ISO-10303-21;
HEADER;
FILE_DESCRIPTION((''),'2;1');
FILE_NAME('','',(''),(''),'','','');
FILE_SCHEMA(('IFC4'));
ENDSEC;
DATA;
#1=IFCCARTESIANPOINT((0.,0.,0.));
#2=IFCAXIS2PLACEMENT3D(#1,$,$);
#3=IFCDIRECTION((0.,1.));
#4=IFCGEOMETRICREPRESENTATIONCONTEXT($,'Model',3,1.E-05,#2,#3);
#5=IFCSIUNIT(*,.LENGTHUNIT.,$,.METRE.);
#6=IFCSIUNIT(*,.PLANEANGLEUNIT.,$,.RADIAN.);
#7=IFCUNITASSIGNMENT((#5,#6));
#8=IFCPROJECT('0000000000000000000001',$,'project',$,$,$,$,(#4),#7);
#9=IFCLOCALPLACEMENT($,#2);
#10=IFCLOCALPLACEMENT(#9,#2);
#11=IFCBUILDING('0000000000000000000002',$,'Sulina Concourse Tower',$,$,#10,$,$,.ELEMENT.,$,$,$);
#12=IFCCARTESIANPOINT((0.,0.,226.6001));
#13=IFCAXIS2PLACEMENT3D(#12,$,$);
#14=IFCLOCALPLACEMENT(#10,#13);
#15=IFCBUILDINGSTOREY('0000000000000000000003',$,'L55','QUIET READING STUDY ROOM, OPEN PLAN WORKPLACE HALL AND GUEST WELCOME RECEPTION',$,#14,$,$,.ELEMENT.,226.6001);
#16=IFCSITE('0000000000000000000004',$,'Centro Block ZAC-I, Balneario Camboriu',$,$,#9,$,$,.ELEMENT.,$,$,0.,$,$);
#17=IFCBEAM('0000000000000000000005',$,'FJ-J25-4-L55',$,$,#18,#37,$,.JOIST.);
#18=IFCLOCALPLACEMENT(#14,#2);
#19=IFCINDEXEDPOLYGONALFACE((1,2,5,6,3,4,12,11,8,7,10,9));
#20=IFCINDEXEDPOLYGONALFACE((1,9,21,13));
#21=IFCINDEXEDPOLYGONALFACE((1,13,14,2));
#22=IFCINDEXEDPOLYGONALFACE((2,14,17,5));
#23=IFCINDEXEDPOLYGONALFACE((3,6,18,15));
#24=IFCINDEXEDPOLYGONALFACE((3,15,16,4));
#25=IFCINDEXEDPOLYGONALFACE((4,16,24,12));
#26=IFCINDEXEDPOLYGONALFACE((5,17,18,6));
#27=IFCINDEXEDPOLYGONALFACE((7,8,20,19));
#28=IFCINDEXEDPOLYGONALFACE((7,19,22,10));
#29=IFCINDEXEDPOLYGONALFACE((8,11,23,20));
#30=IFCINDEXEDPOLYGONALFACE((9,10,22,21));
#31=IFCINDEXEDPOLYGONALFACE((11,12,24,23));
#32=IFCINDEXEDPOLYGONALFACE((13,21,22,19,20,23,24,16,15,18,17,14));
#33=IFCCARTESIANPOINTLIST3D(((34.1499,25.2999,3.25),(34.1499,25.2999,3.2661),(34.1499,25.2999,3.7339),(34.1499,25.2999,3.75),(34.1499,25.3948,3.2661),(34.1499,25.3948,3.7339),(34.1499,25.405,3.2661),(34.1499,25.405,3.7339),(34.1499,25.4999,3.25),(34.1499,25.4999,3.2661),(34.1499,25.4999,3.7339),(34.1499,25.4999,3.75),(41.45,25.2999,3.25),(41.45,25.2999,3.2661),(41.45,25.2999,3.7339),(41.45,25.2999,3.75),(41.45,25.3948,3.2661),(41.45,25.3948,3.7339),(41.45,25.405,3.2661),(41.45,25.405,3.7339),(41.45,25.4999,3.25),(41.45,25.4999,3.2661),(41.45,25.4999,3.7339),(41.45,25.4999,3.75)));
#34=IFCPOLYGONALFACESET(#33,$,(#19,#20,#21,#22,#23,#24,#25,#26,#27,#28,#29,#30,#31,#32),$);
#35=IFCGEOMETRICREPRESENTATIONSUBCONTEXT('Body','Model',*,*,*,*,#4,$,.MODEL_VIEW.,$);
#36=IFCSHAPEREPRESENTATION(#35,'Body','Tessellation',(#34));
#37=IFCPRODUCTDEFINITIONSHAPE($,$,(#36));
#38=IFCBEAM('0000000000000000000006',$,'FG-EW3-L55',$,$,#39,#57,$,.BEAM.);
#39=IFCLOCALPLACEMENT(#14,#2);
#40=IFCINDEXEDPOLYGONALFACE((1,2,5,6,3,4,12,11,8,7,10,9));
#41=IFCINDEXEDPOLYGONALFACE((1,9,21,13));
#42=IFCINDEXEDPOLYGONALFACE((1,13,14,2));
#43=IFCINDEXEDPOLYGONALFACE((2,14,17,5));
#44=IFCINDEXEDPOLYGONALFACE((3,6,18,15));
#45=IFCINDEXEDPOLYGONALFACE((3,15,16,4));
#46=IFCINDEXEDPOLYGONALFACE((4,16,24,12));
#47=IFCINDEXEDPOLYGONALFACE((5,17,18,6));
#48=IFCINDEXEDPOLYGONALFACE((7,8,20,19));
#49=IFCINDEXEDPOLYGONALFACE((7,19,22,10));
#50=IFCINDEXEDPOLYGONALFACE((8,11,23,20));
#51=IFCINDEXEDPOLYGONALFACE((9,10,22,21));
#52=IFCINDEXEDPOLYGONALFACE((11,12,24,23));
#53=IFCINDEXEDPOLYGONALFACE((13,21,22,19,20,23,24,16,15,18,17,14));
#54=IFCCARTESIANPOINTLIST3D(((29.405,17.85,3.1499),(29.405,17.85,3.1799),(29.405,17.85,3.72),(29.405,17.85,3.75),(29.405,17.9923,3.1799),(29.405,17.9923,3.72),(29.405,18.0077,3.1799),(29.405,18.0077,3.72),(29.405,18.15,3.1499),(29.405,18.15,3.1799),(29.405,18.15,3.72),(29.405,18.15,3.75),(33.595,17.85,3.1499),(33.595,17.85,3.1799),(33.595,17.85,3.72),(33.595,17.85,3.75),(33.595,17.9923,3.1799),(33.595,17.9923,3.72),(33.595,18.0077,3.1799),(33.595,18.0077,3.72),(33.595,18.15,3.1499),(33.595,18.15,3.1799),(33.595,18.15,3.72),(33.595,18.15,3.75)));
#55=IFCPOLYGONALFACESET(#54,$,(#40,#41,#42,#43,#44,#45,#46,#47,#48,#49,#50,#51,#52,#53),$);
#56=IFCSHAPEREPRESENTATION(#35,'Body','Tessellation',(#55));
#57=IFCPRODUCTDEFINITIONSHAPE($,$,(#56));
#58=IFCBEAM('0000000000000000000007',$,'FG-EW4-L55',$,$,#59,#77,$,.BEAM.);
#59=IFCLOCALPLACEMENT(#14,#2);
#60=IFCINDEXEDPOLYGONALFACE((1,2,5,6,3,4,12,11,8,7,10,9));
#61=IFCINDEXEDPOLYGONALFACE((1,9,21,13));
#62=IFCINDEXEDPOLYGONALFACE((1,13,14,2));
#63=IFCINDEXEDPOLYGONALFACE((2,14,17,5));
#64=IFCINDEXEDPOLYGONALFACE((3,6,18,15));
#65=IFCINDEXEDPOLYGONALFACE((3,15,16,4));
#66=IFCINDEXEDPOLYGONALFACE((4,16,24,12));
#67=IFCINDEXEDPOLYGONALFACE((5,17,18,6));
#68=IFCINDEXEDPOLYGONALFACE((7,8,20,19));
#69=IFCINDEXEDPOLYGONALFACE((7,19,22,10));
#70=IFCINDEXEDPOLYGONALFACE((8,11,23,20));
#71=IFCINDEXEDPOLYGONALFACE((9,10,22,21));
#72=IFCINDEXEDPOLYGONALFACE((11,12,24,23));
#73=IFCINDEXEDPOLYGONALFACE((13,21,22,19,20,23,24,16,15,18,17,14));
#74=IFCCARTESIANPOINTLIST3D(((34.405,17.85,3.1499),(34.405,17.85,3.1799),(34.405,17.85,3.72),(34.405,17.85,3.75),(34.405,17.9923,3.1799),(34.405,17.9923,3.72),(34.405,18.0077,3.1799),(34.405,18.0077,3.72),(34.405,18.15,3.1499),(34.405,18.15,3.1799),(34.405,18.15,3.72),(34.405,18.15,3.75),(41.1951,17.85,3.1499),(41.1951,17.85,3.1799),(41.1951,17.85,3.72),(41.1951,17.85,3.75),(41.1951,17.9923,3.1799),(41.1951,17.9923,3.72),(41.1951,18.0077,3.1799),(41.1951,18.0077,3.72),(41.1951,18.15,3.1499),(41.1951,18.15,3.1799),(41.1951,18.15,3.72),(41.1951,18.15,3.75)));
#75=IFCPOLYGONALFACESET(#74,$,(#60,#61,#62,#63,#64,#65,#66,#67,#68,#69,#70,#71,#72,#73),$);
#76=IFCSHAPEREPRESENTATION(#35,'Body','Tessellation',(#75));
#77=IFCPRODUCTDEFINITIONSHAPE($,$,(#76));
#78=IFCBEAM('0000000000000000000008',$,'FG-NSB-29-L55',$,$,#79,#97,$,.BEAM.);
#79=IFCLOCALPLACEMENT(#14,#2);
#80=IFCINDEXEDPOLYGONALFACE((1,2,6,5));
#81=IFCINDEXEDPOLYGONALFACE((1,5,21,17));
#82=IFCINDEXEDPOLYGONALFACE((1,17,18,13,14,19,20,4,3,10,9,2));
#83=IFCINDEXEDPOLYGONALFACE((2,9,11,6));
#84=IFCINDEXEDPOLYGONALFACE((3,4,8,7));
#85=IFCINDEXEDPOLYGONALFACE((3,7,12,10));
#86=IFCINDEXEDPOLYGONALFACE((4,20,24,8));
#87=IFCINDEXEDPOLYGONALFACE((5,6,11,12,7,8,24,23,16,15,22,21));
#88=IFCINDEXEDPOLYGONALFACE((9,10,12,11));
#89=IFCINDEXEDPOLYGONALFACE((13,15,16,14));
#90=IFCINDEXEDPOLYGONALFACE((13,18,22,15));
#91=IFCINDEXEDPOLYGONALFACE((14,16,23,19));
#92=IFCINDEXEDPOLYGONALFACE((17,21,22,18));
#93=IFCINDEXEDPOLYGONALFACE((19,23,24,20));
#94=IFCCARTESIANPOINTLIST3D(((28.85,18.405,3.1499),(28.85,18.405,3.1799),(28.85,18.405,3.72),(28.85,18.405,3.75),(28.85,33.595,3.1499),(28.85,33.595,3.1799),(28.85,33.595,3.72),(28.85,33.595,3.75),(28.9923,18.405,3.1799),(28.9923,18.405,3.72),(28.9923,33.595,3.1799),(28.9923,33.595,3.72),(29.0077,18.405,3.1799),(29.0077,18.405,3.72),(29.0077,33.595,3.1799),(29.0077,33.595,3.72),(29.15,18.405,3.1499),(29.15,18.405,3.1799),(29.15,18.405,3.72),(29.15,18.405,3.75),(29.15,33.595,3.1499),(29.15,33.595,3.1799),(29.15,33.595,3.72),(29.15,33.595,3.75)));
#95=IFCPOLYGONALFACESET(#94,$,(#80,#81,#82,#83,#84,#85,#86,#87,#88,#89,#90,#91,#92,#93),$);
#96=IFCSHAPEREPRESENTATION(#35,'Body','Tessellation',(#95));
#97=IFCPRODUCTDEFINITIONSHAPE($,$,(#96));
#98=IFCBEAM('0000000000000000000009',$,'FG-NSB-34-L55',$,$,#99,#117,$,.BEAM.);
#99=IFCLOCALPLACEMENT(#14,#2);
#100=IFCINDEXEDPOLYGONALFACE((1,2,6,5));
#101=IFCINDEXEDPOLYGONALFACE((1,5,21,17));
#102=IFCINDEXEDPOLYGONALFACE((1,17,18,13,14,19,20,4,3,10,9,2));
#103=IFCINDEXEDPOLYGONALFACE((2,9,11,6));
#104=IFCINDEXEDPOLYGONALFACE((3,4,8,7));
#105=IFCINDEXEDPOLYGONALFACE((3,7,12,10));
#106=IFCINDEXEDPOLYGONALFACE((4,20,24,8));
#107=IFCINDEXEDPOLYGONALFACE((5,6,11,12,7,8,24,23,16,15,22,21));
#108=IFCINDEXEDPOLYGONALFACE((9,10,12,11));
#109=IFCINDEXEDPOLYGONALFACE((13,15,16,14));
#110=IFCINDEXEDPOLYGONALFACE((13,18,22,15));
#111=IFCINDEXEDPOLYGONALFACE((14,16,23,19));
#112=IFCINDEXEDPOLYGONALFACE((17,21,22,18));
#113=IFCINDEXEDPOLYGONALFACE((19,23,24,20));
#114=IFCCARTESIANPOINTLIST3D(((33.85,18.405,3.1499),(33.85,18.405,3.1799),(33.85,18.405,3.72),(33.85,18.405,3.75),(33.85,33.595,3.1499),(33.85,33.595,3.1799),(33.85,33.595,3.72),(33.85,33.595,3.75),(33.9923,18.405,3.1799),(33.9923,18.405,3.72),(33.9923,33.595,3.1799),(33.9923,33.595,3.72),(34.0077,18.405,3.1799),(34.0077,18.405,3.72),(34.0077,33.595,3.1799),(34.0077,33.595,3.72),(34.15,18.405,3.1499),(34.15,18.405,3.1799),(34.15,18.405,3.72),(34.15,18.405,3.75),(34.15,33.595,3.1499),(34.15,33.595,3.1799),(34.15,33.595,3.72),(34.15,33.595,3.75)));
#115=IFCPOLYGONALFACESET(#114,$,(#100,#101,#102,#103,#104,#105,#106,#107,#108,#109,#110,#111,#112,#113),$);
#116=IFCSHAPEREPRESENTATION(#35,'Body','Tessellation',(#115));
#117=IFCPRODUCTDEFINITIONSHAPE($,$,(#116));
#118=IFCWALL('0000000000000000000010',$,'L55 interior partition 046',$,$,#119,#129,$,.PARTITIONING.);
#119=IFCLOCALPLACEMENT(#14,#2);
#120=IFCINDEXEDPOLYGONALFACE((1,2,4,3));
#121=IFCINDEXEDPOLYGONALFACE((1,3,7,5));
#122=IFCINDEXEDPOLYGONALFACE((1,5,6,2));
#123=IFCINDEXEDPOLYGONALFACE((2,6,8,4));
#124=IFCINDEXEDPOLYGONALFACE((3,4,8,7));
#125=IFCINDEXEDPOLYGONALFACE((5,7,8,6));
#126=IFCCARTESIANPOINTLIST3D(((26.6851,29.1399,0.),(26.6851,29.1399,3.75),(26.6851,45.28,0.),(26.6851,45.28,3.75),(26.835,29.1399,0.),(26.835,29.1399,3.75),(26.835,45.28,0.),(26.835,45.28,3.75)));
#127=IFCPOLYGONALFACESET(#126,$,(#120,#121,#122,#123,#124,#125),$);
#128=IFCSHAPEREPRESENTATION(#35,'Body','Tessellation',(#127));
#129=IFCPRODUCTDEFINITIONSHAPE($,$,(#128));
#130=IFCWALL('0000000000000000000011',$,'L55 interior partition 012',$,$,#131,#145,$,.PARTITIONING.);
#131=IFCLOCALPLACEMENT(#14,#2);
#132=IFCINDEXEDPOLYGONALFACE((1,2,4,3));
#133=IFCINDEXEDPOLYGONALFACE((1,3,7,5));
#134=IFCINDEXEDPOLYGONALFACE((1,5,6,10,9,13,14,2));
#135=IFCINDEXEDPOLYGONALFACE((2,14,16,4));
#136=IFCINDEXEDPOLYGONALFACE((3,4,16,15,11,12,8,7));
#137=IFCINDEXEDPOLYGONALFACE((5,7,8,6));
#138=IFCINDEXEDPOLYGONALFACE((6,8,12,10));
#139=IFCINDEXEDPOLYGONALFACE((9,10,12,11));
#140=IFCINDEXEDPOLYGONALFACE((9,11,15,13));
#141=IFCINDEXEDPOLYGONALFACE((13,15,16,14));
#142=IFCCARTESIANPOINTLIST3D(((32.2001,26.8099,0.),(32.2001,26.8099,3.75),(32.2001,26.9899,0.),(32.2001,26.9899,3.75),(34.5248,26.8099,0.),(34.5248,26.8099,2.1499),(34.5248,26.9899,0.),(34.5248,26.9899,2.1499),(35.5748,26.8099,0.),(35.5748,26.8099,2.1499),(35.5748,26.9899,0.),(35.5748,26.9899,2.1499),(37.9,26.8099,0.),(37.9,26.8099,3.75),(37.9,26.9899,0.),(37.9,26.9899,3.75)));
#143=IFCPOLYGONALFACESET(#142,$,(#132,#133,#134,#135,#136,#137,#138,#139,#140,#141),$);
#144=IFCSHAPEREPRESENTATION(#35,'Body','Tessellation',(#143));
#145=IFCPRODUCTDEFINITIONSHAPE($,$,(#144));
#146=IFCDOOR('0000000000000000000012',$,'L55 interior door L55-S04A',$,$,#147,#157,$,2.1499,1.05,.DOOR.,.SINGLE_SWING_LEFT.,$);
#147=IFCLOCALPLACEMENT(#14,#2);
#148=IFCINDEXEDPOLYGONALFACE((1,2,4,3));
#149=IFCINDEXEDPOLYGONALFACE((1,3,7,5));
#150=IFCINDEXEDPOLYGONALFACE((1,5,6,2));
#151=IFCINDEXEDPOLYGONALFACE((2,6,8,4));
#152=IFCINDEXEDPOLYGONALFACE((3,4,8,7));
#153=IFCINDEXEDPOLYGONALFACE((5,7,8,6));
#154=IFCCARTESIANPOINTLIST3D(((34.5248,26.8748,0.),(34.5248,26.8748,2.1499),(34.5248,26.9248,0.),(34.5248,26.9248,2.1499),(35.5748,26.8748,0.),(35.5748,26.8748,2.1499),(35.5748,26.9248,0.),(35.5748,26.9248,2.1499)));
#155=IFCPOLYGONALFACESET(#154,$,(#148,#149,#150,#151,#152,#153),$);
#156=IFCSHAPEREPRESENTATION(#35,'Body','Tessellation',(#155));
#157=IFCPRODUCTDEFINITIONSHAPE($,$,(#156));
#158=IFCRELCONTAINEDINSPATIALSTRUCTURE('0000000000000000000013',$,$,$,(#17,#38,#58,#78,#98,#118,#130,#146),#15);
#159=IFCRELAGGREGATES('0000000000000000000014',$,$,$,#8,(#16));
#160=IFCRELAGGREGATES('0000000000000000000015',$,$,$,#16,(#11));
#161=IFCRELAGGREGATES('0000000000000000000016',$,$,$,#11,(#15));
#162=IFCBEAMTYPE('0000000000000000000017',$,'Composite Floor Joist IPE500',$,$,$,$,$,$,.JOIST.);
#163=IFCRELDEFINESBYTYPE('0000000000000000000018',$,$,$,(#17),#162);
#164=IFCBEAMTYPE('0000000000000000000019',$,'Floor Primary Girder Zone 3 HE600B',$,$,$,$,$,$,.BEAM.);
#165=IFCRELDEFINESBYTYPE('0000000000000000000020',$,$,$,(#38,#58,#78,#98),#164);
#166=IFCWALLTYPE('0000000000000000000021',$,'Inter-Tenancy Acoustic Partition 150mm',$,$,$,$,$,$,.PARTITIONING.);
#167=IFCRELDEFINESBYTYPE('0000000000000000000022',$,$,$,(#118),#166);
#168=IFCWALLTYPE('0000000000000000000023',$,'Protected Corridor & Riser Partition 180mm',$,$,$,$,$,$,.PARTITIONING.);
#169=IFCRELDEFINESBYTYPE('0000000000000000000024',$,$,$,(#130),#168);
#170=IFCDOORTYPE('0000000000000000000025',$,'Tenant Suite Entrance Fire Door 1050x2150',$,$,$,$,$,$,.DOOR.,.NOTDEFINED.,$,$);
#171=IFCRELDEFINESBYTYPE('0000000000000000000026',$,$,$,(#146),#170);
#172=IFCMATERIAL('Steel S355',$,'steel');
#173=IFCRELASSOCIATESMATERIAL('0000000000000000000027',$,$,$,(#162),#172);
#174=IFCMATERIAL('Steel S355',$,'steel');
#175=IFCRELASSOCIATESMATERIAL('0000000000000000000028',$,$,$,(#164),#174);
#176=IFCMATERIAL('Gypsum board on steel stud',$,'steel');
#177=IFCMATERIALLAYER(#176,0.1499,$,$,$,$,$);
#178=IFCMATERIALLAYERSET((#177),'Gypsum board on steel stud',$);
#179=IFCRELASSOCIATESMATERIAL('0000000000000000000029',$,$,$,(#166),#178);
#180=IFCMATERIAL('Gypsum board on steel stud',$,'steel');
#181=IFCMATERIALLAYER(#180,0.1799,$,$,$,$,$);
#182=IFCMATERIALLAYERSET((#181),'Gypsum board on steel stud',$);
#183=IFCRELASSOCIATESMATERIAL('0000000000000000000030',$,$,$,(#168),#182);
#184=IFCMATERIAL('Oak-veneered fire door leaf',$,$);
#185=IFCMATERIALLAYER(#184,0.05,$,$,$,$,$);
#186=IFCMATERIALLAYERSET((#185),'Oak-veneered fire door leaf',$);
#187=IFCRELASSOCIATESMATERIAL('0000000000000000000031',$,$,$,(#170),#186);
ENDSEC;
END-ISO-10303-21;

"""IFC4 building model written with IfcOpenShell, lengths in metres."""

from ifc_helpers import new_model, si_unit, direction, frame, frame_2d, origin, origin_2d, place, context, subcontext, project, spatial, rectangle, i_section, extrude, material, layer, layer_set, material_profile, profile_set, type_object, element, fill, save


model = new_model("IFC4")

# Units and contexts
model_context = context("Model", 3, precision=1e-05, world=origin(), true_north=direction((0.0, 1.0)))
body_context = subcontext(model_context, "Body", "Model", "MODEL_VIEW")
ifc_project = project(units=[si_unit("LENGTHUNIT", "METRE"), si_unit("PLANEANGLEUNIT", "RADIAN")], contexts=[model_context])

# Site, building, storey
site_placement = place(None, origin())
site = spatial("IfcSite", under=ifc_project, at=site_placement, Name="Centro Block ZAC-I, Balneario Camboriu", CompositionType="ELEMENT", RefElevation=0.0)
building_placement = place(site_placement, origin())
building = spatial("IfcBuilding", under=site, at=building_placement, Name="Sulina Concourse Tower", CompositionType="ELEMENT")
storey_placement = place(building_placement, frame((0.0, 0.0, 226.6001)))
storey = spatial("IfcBuildingStorey", under=building, at=storey_placement, Name="L55", Description="QUIET READING STUDY ROOM, OPEN PLAN WORKPLACE HALL AND GUEST WELCOME RECEPTION", CompositionType="ELEMENT", Elevation=226.6001)

# Beams
ifc_material_1 = material(Name="Steel S355", Category="steel")
ifc_material_profile_1 = material_profile(ifc_material_1, i_section(OverallWidth=0.2, OverallDepth=0.5, WebThickness=0.0103, FlangeThickness=0.0161, at=origin_2d()), Name="IPE 500")
ifc_profile_set_1 = profile_set([ifc_material_profile_1], Name="Steel S355")
beam_type_1 = type_object("IfcBeamType", Name="Composite Floor Joist IPE500", PredefinedType="JOIST", material=ifc_profile_set_1)
beam_1_placement = place(storey_placement, frame((34.1499, 25.3999, 3.5), z_axis=(1.0, 0.0, 0.0), x_axis=(0.0, 1.0, 0.0)))
element("IfcBeam", 1, at=beam_1_placement, inside=storey, type_object=beam_type_1, Name="FJ-J25-4-L55", PredefinedType="JOIST", context=body_context, shape_type="SweptSolid", body=[
    extrude(i_section(OverallWidth=0.2, OverallDepth=0.5, WebThickness=0.0103, FlangeThickness=0.0161, at=origin_2d()), origin(), (0.0, 0.0, 1.0), 7.3),
])
ifc_material_2 = material(Name="Steel S355", Category="steel")
ifc_material_profile_2 = material_profile(ifc_material_2, i_section(OverallWidth=0.3, OverallDepth=0.6001, WebThickness=0.0154, FlangeThickness=0.03, at=origin_2d()), Name="HE 600 B")
ifc_profile_set_2 = profile_set([ifc_material_profile_2], Name="Steel S355")
beam_type_2 = type_object("IfcBeamType", Name="Floor Primary Girder Zone 3 HE600B", PredefinedType="BEAM", material=ifc_profile_set_2)
beam_2_placement = place(storey_placement, frame((29.405, 18.0, 3.45), z_axis=(1.0, 0.0, 0.0), x_axis=(0.0, 1.0, 0.0)))
element("IfcBeam", 2, at=beam_2_placement, inside=storey, type_object=beam_type_2, Name="FG-EW3-L55", PredefinedType="BEAM", context=body_context, shape_type="SweptSolid", body=[
    extrude(i_section(OverallWidth=0.3, OverallDepth=0.6001, WebThickness=0.0154, FlangeThickness=0.03, at=origin_2d()), origin(), (0.0, 0.0, 1.0), 4.1899),
])
beam_3_placement = place(storey_placement, frame((34.405, 18.0, 3.45), z_axis=(1.0, 0.0, 0.0), x_axis=(0.0, 1.0, 0.0)))
element("IfcBeam", 3, at=beam_3_placement, inside=storey, type_object=beam_type_2, Name="FG-EW4-L55", PredefinedType="BEAM", context=body_context, shape_type="SweptSolid", body=[
    extrude(i_section(OverallWidth=0.3, OverallDepth=0.6001, WebThickness=0.0154, FlangeThickness=0.03, at=origin_2d()), origin(), (0.0, 0.0, 1.0), 6.79),
])
for number, where, z_axis, x_axis, name in (
    (4, (29.0, 18.405, 3.45), (0.0, 1.0, 0.0), (-1.0, 0.0, 0.0), "FG-NSB-29-L55"),
    (5, (34.0, 18.405, 3.45), (0.0, 1.0, 0.0), (-1.0, 0.0, 0.0), "FG-NSB-34-L55"),
):
    element("IfcBeam", number, at=place(storey_placement, frame(where, z_axis=z_axis, x_axis=x_axis)), inside=storey, type_object=beam_type_2, Name=name, PredefinedType="BEAM", context=body_context, shape_type="SweptSolid", body=[
        extrude(i_section(OverallWidth=0.3, OverallDepth=0.6001, WebThickness=0.0154, FlangeThickness=0.03, at=origin_2d()), origin(), (0.0, 0.0, 1.0), 15.1899),
    ])

# Wall
ifc_material_3 = material(Name="Gypsum board on steel stud", Category="steel")
ifc_layer_1 = layer(ifc_material_3, 0.1499)
ifc_layer_set_1 = layer_set([ifc_layer_1], Name="Gypsum board on steel stud")
wall_type_1 = type_object("IfcWallType", Name="Inter-Tenancy Acoustic Partition 150mm", PredefinedType="PARTITIONING", material=ifc_layer_set_1)
wall_1_placement = place(storey_placement, frame((26.76, 29.1399, 0.0), z_axis=(0.0, 0.0, 1.0), x_axis=(0.0, 1.0, 0.0)))
element("IfcWall", 6, at=wall_1_placement, inside=storey, type_object=wall_type_1, Name="L55 interior partition 046", PredefinedType="PARTITIONING", context=body_context, shape_type="SweptSolid", body=[
    extrude(rectangle(XDim=16.1401, YDim=0.1499, at=frame_2d((8.0701, 0.0))), origin(), (0.0, 0.0, 1.0), 3.75),
])

# Wall, opening, door
ifc_material_4 = material(Name="Gypsum board on steel stud", Category="steel")
ifc_layer_2 = layer(ifc_material_4, 0.1799)
ifc_layer_set_2 = layer_set([ifc_layer_2], Name="Gypsum board on steel stud")
wall_type_2 = type_object("IfcWallType", Name="Protected Corridor & Riser Partition 180mm", PredefinedType="PARTITIONING", material=ifc_layer_set_2)
wall_2_placement = place(storey_placement, frame((32.2, 26.8999, 0.0), z_axis=(0.0, 0.0, 1.0), x_axis=(1.0, 0.0, 0.0)))
wall_2 = element("IfcWall", 7, at=wall_2_placement, inside=storey, type_object=wall_type_2, Name="L55 interior partition 012", PredefinedType="PARTITIONING", context=body_context, shape_type="SweptSolid", body=[
    extrude(rectangle(XDim=5.7, YDim=0.1799, at=frame_2d((2.8501, 0.0))), origin(), (0.0, 0.0, 1.0), 3.75),
])
opening_1_placement = place(wall_2_placement, frame((2.325, 0.0, 0.0)))
opening_1 = element("IfcOpeningElement", 8, at=opening_1_placement, cuts=wall_2, PredefinedType="OPENING", context=body_context, shape_type="SweptSolid", body=[
    extrude(rectangle(XDim=1.05, YDim=2.1499, at=frame_2d((0.5249, 1.075))), frame((0.0, 0.0999, 0.0), z_axis=(0.0, -1.0, 0.0), x_axis=(1.0, 0.0, 0.0)), (0.0, 0.0, 1.0), 0.2),
])
ifc_material_5 = material(Name="Oak-veneered fire door leaf")
ifc_layer_3 = layer(ifc_material_5, 0.05)
ifc_layer_set_3 = layer_set([ifc_layer_3], Name="Oak-veneered fire door leaf")
door_type_1 = type_object("IfcDoorType", Name="Tenant Suite Entrance Fire Door 1050x2150", OperationType="NOTDEFINED", PredefinedType="DOOR", material=ifc_layer_set_3)
door_1_placement = place(opening_1_placement, origin())
door_1 = element("IfcDoor", 9, at=door_1_placement, inside=storey, type_object=door_type_1, Name="L55 interior door L55-S04A", OperationType="SINGLE_SWING_LEFT", OverallHeight=2.1499, OverallWidth=1.05, PredefinedType="DOOR", context=body_context, shape_type="SweptSolid", body=[
    extrude(rectangle(XDim=1.05, YDim=2.1499, at=frame_2d((0.5249, 1.075))), frame((0.0, 0.0249, 0.0), z_axis=(0.0, -1.0, 0.0), x_axis=(1.0, 0.0, 0.0)), (0.0, 0.0, 1.0), 0.05),
])
fill(opening_1, door_1)

save(model, "model.ifc")
